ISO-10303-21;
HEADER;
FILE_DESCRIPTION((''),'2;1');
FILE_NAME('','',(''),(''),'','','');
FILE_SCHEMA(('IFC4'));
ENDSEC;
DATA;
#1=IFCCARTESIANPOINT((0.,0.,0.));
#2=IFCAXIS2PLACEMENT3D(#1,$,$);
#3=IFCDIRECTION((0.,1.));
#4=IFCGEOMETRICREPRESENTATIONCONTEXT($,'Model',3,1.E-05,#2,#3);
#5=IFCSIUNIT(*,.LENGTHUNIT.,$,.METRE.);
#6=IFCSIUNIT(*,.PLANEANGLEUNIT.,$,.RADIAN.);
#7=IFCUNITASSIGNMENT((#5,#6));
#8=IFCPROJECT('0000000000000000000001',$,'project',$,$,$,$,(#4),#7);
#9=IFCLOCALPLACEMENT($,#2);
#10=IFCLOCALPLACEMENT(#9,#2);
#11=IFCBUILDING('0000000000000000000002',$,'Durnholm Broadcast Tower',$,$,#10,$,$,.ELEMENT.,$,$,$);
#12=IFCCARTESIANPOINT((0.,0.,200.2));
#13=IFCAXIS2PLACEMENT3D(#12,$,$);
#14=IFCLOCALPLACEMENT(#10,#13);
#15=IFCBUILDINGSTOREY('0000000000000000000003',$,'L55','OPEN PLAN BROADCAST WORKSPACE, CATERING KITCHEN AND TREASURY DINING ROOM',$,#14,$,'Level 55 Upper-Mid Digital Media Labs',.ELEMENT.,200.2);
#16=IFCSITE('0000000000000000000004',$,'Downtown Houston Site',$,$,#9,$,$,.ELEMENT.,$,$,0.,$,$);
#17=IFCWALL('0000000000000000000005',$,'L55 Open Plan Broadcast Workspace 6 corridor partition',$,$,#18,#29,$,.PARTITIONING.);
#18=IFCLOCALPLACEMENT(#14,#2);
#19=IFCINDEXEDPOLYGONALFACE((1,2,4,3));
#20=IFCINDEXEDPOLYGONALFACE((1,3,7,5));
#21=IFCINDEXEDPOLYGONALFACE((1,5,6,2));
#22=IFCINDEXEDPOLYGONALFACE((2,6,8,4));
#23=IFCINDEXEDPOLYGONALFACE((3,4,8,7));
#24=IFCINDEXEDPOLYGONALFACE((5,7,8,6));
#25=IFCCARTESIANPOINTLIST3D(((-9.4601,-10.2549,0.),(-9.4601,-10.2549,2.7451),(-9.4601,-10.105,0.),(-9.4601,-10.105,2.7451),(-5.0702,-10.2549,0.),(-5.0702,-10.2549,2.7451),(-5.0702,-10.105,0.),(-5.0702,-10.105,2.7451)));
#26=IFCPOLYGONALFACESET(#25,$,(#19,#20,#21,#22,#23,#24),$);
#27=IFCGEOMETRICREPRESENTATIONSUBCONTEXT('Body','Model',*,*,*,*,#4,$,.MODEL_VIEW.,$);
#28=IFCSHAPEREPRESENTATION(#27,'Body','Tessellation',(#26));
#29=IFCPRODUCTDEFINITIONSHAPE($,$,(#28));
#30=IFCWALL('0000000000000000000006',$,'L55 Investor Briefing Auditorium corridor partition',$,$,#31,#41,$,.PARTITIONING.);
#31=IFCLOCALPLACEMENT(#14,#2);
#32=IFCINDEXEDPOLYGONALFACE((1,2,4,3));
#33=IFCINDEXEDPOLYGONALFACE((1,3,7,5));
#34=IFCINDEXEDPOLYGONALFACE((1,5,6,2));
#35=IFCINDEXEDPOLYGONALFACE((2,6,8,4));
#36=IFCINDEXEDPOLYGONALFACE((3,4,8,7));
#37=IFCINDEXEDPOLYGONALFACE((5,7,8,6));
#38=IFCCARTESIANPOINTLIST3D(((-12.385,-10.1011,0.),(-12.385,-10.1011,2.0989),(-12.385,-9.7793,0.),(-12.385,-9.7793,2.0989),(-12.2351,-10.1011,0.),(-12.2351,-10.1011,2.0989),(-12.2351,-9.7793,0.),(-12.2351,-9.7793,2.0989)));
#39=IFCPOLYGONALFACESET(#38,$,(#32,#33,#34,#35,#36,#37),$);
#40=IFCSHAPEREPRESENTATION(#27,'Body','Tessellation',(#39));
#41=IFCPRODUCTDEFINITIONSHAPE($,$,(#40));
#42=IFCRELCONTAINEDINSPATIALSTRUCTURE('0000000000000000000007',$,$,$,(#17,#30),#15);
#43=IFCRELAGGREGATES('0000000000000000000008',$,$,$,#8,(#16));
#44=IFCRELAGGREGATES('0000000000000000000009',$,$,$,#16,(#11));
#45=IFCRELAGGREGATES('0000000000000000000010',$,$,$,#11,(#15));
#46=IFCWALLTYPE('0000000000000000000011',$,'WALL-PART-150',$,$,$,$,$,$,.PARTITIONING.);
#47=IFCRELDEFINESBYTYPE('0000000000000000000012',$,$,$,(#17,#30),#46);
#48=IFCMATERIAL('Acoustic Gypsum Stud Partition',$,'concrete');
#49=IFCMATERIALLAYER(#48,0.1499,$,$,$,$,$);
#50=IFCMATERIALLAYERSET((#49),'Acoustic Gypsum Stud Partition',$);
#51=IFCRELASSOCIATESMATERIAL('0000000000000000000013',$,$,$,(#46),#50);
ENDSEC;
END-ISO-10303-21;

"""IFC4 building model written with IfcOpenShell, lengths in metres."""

from ifc_helpers import new_model, si_unit, direction, frame, frame_2d, origin, place, context, subcontext, project, spatial, rectangle, extrude, material, layer, layer_set, type_object, element, save


model = new_model("IFC4")

# Units and contexts
model_context = context("Model", 3, precision=1e-05, world=origin(), true_north=direction((0.0, 1.0)))
body_context = subcontext(model_context, "Body", "Model", "MODEL_VIEW")
ifc_project = project(units=[si_unit("LENGTHUNIT", "METRE"), si_unit("PLANEANGLEUNIT", "RADIAN")], contexts=[model_context])

# Site, building, storey
site_placement = place(None, origin())
site = spatial("IfcSite", under=ifc_project, at=site_placement, Name="Downtown Houston Site", CompositionType="ELEMENT", RefElevation=0.0)
building_placement = place(site_placement, origin())
building = spatial("IfcBuilding", under=site, at=building_placement, Name="Durnholm Broadcast Tower", CompositionType="ELEMENT")
storey_placement = place(building_placement, frame((0.0, 0.0, 200.2)))
storey = spatial("IfcBuildingStorey", under=building, at=storey_placement, Name="L55", Description="OPEN PLAN BROADCAST WORKSPACE, CATERING KITCHEN AND TREASURY DINING ROOM", LongName="Level 55 Upper-Mid Digital Media Labs", CompositionType="ELEMENT", Elevation=200.2)

# Shared definitions
ifc_material_1 = material(Name="Acoustic Gypsum Stud Partition", Category="concrete")
ifc_layer_1 = layer(ifc_material_1, 0.1499)
ifc_layer_set_1 = layer_set([ifc_layer_1], Name="Acoustic Gypsum Stud Partition")
wall_type_1 = type_object("IfcWallType", Name="WALL-PART-150", PredefinedType="PARTITIONING", material=ifc_layer_set_1)

# Walls
wall_1_placement = place(storey_placement, frame((-9.46, -10.1799, 0.0), z_axis=(0.0, 0.0, 1.0), x_axis=(1.0, 0.0, 0.0)))
element("IfcWall", 1, at=wall_1_placement, inside=storey, type_object=wall_type_1, Name="L55 Open Plan Broadcast Workspace 6 corridor partition", PredefinedType="PARTITIONING", context=body_context, shape_type="SweptSolid", body=[
    extrude(rectangle(XDim=4.3899, YDim=0.1499, at=frame_2d((2.1948, 0.0))), origin(), (0.0, 0.0, 1.0), 2.7451),
])
wall_2_placement = place(storey_placement, frame((-12.3101, -9.7793, 0.0), z_axis=(0.0, 0.0, 1.0), x_axis=(0.0, -1.0, 0.0)))
element("IfcWall", 2, at=wall_2_placement, inside=storey, type_object=wall_type_1, Name="L55 Investor Briefing Auditorium corridor partition", PredefinedType="PARTITIONING", context=body_context, shape_type="SweptSolid", body=[
    extrude(rectangle(XDim=0.3218, YDim=0.1499, at=frame_2d((0.1609, 0.0))), origin(), (0.0, 0.0, 1.0), 2.0989),
])

save(model, "model.ifc")
